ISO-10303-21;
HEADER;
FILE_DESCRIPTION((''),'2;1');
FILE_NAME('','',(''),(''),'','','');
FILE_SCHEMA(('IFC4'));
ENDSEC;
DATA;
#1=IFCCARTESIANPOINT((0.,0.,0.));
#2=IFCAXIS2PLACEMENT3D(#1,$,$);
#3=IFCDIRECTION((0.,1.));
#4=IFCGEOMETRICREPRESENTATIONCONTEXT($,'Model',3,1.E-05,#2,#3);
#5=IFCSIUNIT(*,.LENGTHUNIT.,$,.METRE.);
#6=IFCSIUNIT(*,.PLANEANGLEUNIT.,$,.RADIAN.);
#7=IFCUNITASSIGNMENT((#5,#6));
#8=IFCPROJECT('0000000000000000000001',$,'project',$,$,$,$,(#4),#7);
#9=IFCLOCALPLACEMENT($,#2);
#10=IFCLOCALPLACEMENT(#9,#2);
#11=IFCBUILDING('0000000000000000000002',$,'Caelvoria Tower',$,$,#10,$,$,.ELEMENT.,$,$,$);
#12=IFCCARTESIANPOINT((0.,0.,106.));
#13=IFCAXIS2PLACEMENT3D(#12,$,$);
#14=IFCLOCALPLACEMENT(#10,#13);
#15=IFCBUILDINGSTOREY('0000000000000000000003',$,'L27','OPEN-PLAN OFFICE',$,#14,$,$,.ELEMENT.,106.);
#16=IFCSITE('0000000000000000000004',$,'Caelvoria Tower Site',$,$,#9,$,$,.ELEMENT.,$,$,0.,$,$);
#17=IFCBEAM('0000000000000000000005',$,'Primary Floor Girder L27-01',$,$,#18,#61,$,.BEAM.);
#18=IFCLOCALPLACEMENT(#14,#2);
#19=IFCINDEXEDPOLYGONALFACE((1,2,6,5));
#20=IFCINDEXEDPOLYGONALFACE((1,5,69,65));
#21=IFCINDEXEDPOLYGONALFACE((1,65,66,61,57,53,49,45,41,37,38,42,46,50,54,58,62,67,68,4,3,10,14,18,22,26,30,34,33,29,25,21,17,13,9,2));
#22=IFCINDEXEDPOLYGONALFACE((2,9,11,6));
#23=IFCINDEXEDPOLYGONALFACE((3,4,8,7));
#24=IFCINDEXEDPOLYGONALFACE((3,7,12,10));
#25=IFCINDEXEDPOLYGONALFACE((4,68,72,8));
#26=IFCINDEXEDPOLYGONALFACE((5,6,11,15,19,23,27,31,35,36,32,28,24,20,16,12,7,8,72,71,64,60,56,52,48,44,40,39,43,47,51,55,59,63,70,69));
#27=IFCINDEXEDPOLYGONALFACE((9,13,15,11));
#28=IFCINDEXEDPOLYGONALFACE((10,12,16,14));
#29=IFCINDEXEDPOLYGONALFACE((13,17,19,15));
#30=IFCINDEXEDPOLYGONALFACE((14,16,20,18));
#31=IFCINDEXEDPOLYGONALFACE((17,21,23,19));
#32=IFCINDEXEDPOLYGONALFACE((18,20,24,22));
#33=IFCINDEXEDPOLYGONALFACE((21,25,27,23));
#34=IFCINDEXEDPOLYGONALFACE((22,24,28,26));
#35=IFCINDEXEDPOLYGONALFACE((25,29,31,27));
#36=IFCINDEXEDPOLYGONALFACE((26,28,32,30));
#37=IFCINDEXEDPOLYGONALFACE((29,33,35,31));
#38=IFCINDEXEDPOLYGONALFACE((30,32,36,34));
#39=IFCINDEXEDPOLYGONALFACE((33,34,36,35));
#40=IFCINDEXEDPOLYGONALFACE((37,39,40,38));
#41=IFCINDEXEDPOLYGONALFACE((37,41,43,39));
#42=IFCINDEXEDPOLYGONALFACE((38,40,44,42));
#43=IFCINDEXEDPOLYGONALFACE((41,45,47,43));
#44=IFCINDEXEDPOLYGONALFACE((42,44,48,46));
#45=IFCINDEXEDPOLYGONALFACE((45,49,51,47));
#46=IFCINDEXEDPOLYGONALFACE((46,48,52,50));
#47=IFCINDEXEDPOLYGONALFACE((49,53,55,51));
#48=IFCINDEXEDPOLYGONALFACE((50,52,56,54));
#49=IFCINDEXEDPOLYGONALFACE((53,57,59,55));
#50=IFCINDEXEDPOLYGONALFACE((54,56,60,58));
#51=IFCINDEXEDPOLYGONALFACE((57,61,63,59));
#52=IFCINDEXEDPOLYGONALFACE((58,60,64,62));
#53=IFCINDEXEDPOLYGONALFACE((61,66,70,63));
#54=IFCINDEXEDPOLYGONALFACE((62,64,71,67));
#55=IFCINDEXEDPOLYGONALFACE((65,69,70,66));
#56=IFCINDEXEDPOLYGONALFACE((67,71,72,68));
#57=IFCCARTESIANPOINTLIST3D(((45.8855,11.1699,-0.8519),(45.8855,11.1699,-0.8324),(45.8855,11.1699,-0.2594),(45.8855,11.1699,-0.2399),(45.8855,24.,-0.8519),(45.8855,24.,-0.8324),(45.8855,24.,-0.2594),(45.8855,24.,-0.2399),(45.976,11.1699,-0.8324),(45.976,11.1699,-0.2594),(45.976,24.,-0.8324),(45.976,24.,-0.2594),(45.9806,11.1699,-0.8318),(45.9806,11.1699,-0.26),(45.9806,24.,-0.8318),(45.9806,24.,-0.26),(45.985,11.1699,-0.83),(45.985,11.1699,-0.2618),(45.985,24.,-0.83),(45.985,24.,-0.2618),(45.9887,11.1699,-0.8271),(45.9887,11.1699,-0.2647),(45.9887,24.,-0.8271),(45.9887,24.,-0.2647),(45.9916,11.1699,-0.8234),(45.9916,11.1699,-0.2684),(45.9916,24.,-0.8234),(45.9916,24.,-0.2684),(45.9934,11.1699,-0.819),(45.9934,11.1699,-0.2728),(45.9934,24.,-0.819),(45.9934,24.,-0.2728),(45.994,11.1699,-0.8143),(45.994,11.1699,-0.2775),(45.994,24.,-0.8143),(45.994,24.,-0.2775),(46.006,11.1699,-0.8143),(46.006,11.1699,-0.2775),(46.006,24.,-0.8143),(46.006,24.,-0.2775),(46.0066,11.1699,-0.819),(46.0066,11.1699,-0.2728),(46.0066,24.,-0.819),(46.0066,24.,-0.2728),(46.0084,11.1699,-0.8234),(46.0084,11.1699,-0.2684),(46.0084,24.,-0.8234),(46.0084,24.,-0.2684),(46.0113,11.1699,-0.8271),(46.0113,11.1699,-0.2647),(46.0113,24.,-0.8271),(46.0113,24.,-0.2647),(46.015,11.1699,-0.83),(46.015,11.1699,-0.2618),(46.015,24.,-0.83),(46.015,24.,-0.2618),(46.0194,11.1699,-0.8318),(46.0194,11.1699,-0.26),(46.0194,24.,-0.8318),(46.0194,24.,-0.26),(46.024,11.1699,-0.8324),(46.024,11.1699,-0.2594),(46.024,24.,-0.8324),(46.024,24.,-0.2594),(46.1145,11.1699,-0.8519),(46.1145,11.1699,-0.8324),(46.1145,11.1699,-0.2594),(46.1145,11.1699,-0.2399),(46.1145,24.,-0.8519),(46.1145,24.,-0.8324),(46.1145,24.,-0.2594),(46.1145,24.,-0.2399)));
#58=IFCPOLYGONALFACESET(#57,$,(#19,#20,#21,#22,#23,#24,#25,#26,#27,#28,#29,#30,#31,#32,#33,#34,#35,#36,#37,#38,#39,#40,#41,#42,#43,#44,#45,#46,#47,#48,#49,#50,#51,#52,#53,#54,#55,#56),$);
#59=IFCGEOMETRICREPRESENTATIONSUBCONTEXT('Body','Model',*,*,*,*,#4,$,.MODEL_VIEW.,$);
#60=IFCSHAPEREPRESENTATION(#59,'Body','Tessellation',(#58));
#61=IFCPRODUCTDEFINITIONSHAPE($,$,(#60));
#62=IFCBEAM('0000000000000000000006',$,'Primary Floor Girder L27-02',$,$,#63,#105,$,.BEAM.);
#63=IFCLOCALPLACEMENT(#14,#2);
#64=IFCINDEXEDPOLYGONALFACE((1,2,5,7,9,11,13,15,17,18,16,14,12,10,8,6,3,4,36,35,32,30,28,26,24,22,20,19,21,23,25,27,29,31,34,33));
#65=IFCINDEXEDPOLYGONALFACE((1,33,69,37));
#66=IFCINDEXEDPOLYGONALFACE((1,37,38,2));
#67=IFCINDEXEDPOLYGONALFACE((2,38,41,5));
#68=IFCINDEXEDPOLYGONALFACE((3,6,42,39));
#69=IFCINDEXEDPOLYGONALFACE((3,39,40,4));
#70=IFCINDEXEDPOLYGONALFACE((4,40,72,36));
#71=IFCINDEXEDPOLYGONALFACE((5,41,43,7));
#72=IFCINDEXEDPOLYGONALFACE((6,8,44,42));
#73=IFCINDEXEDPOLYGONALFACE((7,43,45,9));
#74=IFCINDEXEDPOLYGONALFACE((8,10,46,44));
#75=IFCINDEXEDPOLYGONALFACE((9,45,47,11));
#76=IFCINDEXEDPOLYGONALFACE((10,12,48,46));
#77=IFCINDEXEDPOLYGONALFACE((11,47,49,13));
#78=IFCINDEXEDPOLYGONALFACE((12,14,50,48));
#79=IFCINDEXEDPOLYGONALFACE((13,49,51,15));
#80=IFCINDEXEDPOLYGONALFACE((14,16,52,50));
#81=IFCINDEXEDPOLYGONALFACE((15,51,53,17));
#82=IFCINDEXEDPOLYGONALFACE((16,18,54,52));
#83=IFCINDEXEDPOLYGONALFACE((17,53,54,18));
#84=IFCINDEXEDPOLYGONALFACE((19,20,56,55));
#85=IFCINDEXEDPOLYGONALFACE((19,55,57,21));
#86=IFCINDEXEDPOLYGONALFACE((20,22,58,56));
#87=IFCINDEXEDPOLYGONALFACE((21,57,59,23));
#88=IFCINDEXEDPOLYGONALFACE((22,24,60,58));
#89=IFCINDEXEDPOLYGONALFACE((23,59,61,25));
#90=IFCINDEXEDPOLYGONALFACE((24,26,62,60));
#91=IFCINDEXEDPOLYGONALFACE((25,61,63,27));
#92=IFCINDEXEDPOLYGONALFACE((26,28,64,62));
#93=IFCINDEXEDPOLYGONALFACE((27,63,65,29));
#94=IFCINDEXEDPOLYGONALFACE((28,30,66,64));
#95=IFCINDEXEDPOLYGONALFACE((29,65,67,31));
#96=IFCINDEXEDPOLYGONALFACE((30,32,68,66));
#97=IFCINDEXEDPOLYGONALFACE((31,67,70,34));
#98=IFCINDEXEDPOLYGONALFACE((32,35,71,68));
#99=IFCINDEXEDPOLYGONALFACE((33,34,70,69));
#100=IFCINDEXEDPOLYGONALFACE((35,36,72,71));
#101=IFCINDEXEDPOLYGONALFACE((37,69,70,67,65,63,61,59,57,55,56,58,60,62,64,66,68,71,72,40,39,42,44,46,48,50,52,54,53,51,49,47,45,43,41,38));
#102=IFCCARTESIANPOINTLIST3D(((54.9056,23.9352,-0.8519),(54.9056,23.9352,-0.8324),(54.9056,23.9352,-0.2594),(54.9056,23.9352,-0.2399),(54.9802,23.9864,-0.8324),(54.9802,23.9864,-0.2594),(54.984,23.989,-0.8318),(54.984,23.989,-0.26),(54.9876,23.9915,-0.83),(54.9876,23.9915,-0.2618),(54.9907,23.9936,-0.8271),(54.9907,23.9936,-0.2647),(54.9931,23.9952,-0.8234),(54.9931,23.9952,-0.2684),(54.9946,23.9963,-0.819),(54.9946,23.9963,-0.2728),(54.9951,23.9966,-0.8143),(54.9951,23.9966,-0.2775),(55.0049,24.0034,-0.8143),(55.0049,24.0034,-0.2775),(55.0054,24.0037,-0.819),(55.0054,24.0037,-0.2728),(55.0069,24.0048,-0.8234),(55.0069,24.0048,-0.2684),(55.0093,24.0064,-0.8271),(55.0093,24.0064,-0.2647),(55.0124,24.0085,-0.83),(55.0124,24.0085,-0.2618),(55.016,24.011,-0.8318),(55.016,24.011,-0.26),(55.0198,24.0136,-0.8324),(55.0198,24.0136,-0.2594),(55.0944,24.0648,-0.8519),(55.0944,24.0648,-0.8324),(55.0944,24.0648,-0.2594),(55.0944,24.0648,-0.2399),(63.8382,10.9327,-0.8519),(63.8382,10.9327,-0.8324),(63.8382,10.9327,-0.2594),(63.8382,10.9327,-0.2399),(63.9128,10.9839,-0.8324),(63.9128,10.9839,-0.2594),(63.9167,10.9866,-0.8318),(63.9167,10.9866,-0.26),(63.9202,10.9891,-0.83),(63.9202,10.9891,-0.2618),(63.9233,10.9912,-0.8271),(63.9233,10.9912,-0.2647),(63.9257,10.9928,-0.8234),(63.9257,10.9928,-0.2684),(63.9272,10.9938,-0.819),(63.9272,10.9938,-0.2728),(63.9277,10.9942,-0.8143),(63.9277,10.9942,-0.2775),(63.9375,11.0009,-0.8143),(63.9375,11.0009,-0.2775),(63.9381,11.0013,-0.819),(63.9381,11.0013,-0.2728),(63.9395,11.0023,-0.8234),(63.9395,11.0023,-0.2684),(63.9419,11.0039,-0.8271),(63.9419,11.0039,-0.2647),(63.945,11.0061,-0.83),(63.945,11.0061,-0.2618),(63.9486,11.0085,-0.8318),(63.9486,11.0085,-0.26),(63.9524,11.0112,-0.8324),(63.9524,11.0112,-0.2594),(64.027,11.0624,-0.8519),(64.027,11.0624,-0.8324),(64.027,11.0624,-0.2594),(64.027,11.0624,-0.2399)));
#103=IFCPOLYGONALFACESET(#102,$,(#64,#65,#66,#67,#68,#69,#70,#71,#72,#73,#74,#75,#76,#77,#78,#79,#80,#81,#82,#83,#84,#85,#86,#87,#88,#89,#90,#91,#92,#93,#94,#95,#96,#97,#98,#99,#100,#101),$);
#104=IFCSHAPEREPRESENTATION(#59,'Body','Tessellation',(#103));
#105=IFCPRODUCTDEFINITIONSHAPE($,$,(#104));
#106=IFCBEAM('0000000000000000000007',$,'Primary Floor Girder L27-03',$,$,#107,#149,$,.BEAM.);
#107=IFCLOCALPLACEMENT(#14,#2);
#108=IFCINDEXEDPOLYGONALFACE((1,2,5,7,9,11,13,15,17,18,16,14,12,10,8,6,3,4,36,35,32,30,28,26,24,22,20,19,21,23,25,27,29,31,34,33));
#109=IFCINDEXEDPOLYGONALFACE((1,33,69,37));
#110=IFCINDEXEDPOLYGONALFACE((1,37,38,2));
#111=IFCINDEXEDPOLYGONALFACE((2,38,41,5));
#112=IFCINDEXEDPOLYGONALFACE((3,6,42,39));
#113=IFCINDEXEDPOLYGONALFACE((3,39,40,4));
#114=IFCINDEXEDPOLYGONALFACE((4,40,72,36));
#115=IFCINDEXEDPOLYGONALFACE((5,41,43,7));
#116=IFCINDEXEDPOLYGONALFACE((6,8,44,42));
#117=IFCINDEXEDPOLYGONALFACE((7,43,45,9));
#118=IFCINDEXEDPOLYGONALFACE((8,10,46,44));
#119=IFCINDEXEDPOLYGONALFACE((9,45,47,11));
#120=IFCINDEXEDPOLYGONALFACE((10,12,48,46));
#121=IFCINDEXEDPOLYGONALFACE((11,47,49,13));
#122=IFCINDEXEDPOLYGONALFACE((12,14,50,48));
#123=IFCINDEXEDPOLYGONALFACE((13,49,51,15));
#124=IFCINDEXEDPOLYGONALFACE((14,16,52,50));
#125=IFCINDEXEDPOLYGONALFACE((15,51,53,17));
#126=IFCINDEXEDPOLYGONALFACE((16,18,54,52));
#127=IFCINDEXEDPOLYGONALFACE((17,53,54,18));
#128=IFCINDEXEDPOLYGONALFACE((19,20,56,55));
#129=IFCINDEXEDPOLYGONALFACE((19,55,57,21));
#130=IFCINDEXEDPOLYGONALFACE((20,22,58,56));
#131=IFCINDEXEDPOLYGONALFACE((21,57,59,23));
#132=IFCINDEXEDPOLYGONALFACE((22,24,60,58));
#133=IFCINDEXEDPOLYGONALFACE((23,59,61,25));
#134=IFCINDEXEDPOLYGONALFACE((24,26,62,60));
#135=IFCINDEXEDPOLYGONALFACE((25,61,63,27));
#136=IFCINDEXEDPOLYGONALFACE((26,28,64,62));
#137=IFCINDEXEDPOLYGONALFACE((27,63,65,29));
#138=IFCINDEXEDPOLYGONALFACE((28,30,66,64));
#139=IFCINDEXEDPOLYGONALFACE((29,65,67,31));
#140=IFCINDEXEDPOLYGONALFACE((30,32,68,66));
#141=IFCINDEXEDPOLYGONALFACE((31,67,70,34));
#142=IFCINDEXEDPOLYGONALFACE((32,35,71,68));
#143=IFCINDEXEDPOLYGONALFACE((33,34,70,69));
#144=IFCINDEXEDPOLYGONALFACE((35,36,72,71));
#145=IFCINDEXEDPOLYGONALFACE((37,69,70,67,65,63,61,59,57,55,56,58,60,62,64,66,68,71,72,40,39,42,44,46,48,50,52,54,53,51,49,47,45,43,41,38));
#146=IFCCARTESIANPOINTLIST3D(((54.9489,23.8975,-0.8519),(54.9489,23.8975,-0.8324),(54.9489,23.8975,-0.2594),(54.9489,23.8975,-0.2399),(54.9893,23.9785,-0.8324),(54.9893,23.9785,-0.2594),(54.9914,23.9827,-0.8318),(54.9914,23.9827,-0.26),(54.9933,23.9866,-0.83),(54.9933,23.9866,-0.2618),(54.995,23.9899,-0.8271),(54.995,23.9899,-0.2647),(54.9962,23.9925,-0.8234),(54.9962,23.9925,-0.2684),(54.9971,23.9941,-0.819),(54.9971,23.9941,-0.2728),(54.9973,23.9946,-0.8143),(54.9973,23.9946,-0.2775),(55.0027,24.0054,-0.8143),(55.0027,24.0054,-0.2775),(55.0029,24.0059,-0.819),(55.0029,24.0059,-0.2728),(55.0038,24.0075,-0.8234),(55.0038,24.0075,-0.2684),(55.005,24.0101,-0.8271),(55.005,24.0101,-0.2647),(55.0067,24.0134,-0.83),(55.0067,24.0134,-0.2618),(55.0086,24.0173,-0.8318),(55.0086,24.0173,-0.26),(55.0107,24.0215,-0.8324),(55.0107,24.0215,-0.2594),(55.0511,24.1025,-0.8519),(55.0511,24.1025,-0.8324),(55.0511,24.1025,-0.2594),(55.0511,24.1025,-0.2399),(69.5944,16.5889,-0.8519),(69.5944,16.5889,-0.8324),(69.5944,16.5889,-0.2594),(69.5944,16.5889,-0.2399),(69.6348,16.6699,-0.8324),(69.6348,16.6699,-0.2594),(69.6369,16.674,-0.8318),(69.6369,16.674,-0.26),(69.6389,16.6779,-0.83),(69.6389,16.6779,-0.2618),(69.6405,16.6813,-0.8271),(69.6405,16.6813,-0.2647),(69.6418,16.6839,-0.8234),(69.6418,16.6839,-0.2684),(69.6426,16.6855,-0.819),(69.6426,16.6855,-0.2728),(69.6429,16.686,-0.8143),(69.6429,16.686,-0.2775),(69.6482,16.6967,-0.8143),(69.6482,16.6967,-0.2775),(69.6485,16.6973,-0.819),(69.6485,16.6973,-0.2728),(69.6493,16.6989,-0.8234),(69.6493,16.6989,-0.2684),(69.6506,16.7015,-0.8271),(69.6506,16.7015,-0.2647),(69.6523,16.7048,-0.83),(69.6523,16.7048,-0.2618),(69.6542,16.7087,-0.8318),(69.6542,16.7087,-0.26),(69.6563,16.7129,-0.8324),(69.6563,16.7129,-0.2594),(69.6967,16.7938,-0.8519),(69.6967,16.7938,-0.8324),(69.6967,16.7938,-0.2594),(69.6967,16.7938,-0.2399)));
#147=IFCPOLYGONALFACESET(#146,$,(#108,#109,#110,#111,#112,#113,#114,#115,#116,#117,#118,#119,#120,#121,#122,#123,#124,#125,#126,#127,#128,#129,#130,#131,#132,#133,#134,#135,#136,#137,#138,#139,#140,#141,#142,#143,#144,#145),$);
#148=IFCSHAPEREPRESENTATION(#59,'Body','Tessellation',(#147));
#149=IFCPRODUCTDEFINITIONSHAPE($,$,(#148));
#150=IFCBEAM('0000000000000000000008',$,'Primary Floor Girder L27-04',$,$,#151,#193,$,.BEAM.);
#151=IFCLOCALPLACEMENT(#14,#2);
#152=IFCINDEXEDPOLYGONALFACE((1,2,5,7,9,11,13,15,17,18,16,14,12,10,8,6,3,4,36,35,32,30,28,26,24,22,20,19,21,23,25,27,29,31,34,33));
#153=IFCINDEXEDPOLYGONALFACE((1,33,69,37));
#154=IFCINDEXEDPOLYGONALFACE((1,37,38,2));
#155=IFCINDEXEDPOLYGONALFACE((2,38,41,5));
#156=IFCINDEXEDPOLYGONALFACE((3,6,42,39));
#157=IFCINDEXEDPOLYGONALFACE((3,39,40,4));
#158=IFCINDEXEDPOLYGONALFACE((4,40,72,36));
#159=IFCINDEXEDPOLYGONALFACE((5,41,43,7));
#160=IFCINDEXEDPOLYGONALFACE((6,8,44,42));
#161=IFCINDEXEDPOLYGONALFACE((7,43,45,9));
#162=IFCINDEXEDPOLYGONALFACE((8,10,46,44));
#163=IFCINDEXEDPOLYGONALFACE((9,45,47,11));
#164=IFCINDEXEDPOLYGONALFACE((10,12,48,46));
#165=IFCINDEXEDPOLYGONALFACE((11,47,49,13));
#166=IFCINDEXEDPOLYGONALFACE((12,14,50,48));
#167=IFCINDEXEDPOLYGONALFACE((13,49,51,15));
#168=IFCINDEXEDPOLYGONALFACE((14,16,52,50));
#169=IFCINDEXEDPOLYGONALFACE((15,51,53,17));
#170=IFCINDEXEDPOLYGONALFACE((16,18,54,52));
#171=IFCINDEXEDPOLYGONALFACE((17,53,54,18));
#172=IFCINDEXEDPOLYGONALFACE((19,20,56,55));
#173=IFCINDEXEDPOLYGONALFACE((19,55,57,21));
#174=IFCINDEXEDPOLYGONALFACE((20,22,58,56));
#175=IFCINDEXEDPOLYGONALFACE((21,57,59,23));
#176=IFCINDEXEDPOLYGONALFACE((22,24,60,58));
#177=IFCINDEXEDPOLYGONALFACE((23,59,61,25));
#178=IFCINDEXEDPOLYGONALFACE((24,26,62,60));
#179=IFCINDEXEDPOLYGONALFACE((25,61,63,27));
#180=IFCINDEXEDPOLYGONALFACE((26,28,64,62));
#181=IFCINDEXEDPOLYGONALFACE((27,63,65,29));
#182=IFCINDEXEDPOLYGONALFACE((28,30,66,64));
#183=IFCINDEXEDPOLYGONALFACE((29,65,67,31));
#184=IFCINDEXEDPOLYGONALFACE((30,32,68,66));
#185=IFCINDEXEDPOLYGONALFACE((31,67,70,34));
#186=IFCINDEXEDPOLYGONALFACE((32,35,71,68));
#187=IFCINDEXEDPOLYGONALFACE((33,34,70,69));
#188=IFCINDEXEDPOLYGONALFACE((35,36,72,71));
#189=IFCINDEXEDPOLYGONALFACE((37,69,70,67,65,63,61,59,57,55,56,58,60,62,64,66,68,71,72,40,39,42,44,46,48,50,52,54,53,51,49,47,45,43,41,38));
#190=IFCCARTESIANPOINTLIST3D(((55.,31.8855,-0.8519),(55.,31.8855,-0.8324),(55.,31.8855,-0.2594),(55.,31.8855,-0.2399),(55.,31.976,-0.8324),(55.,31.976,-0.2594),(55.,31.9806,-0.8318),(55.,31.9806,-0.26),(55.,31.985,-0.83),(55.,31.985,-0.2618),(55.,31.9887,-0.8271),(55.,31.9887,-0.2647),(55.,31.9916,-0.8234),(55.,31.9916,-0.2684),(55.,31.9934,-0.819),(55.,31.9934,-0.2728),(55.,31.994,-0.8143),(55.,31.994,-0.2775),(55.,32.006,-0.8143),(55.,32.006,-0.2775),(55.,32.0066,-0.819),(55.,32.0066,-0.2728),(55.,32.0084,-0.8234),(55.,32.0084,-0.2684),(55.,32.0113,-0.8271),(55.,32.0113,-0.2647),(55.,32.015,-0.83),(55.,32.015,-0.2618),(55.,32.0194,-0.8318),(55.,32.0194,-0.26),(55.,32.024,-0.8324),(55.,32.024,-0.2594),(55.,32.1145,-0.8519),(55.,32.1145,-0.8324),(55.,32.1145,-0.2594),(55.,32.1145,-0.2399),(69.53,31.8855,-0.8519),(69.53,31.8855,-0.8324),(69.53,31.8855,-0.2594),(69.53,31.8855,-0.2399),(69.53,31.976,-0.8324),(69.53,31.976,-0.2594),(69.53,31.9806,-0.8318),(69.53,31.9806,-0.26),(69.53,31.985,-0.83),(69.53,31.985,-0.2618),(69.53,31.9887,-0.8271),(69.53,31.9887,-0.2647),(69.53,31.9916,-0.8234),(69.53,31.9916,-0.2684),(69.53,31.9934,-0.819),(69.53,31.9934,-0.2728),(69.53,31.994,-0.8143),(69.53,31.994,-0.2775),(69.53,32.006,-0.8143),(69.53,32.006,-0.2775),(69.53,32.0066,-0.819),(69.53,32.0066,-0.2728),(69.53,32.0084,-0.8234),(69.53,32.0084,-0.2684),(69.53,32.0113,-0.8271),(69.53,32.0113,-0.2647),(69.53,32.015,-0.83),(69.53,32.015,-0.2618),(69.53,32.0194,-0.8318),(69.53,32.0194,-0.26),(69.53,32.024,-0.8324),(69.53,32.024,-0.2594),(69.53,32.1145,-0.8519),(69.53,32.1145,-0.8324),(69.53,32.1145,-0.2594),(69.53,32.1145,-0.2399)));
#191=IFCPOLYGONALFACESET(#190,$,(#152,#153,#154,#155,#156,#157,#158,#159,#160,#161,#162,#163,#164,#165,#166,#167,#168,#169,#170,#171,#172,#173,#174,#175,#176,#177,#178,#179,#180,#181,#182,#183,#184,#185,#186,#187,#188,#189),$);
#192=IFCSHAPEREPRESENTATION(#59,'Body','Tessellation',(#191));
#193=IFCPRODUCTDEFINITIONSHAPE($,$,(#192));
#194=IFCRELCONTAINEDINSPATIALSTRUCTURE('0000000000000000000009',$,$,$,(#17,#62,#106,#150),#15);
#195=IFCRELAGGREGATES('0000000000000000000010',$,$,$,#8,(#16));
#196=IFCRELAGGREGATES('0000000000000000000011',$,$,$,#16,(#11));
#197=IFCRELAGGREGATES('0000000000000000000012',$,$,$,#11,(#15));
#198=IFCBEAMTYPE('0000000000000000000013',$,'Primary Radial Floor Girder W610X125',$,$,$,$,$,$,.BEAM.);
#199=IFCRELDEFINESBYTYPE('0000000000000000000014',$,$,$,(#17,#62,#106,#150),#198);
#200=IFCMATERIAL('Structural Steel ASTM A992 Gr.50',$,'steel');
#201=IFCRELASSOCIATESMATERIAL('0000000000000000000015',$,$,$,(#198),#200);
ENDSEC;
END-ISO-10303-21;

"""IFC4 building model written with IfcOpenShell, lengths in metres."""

from ifc_helpers import new_model, si_unit, direction, frame, origin, origin_2d, place, context, subcontext, project, spatial, i_section, extrude, material, material_profile, profile_set, type_object, element, save


model = new_model("IFC4")

# Units and contexts
model_context = context("Model", 3, precision=1e-05, world=origin(), true_north=direction((0.0, 1.0)))
body_context = subcontext(model_context, "Body", "Model", "MODEL_VIEW")
ifc_project = project(units=[si_unit("LENGTHUNIT", "METRE"), si_unit("PLANEANGLEUNIT", "RADIAN")], contexts=[model_context])

# Site, building, storey
site_placement = place(None, origin())
site = spatial("IfcSite", under=ifc_project, at=site_placement, Name="Caelvoria Tower Site", CompositionType="ELEMENT", RefElevation=0.0)
building_placement = place(site_placement, origin())
building = spatial("IfcBuilding", under=site, at=building_placement, Name="Caelvoria Tower", CompositionType="ELEMENT")
storey_placement = place(building_placement, frame((0.0, 0.0, 106.0)))
storey = spatial("IfcBuildingStorey", under=building, at=storey_placement, Name="L27", Description="OPEN-PLAN OFFICE", CompositionType="ELEMENT", Elevation=106.0)

# Beams
ifc_material_1 = material(Name="Structural Steel ASTM A992 Gr.50", Category="steel")
ifc_material_profile_1 = material_profile(ifc_material_1, i_section(OverallWidth=0.229, OverallDepth=0.6121, WebThickness=0.012, FlangeThickness=0.0195, FilletRadius=0.0181, at=origin_2d()), Name="Structural Steel ASTM A992 Gr.50")
ifc_profile_set_1 = profile_set([ifc_material_profile_1], Name="W610X125 - Structural Steel ASTM A992 Gr.50")
beam_type_1 = type_object("IfcBeamType", Name="Primary Radial Floor Girder W610X125", PredefinedType="BEAM", material=ifc_profile_set_1)
beam_1_placement = place(storey_placement, frame((46.0, 24.0, -0.5459), z_axis=(0.0, -1.0, 0.0), x_axis=(1.0, 0.0, 0.0)))
element("IfcBeam", 1, at=beam_1_placement, inside=storey, type_object=beam_type_1, Name="Primary Floor Girder L27-01", PredefinedType="BEAM", context=body_context, shape_type="SweptSolid", body=[
    extrude(i_section(OverallWidth=0.229, OverallDepth=0.6121, WebThickness=0.012, FlangeThickness=0.0195, FilletRadius=0.0181, at=origin_2d()), origin(), (0.0, 0.0, 1.0), 12.8301),
])
beam_2_placement = place(storey_placement, frame((55.0, 24.0, -0.5459), z_axis=(0.566246, -0.824236, 0.0), x_axis=(0.824236, 0.566246, 0.0)))
element("IfcBeam", 2, at=beam_2_placement, inside=storey, type_object=beam_type_1, Name="Primary Floor Girder L27-02", PredefinedType="BEAM", context=body_context, shape_type="SweptSolid", body=[
    extrude(i_section(OverallWidth=0.229, OverallDepth=0.6121, WebThickness=0.012, FlangeThickness=0.0195, FilletRadius=0.0181, at=origin_2d()), origin(), (0.0, 0.0, 1.0), 15.7751),
])
beam_3_placement = place(storey_placement, frame((55.0, 24.0, -0.5459), z_axis=(0.894773, -0.446521, 0.0), x_axis=(0.446521, 0.894773, 0.0)))
element("IfcBeam", 3, at=beam_3_placement, inside=storey, type_object=beam_type_1, Name="Primary Floor Girder L27-03", PredefinedType="BEAM", context=body_context, shape_type="SweptSolid", body=[
    extrude(i_section(OverallWidth=0.229, OverallDepth=0.6121, WebThickness=0.012, FlangeThickness=0.0195, FilletRadius=0.0181, at=origin_2d()), origin(), (0.0, 0.0, 1.0), 16.3679),
])
beam_4_placement = place(storey_placement, frame((55.0, 32.0, -0.5459), z_axis=(1.0, 0.0, 0.0), x_axis=(0.0, 1.0, 0.0)))
element("IfcBeam", 4, at=beam_4_placement, inside=storey, type_object=beam_type_1, Name="Primary Floor Girder L27-04", PredefinedType="BEAM", context=body_context, shape_type="SweptSolid", body=[
    extrude(i_section(OverallWidth=0.229, OverallDepth=0.6121, WebThickness=0.012, FlangeThickness=0.0195, FilletRadius=0.0181, at=origin_2d()), origin(), (0.0, 0.0, 1.0), 14.53),
])

save(model, "model.ifc")
